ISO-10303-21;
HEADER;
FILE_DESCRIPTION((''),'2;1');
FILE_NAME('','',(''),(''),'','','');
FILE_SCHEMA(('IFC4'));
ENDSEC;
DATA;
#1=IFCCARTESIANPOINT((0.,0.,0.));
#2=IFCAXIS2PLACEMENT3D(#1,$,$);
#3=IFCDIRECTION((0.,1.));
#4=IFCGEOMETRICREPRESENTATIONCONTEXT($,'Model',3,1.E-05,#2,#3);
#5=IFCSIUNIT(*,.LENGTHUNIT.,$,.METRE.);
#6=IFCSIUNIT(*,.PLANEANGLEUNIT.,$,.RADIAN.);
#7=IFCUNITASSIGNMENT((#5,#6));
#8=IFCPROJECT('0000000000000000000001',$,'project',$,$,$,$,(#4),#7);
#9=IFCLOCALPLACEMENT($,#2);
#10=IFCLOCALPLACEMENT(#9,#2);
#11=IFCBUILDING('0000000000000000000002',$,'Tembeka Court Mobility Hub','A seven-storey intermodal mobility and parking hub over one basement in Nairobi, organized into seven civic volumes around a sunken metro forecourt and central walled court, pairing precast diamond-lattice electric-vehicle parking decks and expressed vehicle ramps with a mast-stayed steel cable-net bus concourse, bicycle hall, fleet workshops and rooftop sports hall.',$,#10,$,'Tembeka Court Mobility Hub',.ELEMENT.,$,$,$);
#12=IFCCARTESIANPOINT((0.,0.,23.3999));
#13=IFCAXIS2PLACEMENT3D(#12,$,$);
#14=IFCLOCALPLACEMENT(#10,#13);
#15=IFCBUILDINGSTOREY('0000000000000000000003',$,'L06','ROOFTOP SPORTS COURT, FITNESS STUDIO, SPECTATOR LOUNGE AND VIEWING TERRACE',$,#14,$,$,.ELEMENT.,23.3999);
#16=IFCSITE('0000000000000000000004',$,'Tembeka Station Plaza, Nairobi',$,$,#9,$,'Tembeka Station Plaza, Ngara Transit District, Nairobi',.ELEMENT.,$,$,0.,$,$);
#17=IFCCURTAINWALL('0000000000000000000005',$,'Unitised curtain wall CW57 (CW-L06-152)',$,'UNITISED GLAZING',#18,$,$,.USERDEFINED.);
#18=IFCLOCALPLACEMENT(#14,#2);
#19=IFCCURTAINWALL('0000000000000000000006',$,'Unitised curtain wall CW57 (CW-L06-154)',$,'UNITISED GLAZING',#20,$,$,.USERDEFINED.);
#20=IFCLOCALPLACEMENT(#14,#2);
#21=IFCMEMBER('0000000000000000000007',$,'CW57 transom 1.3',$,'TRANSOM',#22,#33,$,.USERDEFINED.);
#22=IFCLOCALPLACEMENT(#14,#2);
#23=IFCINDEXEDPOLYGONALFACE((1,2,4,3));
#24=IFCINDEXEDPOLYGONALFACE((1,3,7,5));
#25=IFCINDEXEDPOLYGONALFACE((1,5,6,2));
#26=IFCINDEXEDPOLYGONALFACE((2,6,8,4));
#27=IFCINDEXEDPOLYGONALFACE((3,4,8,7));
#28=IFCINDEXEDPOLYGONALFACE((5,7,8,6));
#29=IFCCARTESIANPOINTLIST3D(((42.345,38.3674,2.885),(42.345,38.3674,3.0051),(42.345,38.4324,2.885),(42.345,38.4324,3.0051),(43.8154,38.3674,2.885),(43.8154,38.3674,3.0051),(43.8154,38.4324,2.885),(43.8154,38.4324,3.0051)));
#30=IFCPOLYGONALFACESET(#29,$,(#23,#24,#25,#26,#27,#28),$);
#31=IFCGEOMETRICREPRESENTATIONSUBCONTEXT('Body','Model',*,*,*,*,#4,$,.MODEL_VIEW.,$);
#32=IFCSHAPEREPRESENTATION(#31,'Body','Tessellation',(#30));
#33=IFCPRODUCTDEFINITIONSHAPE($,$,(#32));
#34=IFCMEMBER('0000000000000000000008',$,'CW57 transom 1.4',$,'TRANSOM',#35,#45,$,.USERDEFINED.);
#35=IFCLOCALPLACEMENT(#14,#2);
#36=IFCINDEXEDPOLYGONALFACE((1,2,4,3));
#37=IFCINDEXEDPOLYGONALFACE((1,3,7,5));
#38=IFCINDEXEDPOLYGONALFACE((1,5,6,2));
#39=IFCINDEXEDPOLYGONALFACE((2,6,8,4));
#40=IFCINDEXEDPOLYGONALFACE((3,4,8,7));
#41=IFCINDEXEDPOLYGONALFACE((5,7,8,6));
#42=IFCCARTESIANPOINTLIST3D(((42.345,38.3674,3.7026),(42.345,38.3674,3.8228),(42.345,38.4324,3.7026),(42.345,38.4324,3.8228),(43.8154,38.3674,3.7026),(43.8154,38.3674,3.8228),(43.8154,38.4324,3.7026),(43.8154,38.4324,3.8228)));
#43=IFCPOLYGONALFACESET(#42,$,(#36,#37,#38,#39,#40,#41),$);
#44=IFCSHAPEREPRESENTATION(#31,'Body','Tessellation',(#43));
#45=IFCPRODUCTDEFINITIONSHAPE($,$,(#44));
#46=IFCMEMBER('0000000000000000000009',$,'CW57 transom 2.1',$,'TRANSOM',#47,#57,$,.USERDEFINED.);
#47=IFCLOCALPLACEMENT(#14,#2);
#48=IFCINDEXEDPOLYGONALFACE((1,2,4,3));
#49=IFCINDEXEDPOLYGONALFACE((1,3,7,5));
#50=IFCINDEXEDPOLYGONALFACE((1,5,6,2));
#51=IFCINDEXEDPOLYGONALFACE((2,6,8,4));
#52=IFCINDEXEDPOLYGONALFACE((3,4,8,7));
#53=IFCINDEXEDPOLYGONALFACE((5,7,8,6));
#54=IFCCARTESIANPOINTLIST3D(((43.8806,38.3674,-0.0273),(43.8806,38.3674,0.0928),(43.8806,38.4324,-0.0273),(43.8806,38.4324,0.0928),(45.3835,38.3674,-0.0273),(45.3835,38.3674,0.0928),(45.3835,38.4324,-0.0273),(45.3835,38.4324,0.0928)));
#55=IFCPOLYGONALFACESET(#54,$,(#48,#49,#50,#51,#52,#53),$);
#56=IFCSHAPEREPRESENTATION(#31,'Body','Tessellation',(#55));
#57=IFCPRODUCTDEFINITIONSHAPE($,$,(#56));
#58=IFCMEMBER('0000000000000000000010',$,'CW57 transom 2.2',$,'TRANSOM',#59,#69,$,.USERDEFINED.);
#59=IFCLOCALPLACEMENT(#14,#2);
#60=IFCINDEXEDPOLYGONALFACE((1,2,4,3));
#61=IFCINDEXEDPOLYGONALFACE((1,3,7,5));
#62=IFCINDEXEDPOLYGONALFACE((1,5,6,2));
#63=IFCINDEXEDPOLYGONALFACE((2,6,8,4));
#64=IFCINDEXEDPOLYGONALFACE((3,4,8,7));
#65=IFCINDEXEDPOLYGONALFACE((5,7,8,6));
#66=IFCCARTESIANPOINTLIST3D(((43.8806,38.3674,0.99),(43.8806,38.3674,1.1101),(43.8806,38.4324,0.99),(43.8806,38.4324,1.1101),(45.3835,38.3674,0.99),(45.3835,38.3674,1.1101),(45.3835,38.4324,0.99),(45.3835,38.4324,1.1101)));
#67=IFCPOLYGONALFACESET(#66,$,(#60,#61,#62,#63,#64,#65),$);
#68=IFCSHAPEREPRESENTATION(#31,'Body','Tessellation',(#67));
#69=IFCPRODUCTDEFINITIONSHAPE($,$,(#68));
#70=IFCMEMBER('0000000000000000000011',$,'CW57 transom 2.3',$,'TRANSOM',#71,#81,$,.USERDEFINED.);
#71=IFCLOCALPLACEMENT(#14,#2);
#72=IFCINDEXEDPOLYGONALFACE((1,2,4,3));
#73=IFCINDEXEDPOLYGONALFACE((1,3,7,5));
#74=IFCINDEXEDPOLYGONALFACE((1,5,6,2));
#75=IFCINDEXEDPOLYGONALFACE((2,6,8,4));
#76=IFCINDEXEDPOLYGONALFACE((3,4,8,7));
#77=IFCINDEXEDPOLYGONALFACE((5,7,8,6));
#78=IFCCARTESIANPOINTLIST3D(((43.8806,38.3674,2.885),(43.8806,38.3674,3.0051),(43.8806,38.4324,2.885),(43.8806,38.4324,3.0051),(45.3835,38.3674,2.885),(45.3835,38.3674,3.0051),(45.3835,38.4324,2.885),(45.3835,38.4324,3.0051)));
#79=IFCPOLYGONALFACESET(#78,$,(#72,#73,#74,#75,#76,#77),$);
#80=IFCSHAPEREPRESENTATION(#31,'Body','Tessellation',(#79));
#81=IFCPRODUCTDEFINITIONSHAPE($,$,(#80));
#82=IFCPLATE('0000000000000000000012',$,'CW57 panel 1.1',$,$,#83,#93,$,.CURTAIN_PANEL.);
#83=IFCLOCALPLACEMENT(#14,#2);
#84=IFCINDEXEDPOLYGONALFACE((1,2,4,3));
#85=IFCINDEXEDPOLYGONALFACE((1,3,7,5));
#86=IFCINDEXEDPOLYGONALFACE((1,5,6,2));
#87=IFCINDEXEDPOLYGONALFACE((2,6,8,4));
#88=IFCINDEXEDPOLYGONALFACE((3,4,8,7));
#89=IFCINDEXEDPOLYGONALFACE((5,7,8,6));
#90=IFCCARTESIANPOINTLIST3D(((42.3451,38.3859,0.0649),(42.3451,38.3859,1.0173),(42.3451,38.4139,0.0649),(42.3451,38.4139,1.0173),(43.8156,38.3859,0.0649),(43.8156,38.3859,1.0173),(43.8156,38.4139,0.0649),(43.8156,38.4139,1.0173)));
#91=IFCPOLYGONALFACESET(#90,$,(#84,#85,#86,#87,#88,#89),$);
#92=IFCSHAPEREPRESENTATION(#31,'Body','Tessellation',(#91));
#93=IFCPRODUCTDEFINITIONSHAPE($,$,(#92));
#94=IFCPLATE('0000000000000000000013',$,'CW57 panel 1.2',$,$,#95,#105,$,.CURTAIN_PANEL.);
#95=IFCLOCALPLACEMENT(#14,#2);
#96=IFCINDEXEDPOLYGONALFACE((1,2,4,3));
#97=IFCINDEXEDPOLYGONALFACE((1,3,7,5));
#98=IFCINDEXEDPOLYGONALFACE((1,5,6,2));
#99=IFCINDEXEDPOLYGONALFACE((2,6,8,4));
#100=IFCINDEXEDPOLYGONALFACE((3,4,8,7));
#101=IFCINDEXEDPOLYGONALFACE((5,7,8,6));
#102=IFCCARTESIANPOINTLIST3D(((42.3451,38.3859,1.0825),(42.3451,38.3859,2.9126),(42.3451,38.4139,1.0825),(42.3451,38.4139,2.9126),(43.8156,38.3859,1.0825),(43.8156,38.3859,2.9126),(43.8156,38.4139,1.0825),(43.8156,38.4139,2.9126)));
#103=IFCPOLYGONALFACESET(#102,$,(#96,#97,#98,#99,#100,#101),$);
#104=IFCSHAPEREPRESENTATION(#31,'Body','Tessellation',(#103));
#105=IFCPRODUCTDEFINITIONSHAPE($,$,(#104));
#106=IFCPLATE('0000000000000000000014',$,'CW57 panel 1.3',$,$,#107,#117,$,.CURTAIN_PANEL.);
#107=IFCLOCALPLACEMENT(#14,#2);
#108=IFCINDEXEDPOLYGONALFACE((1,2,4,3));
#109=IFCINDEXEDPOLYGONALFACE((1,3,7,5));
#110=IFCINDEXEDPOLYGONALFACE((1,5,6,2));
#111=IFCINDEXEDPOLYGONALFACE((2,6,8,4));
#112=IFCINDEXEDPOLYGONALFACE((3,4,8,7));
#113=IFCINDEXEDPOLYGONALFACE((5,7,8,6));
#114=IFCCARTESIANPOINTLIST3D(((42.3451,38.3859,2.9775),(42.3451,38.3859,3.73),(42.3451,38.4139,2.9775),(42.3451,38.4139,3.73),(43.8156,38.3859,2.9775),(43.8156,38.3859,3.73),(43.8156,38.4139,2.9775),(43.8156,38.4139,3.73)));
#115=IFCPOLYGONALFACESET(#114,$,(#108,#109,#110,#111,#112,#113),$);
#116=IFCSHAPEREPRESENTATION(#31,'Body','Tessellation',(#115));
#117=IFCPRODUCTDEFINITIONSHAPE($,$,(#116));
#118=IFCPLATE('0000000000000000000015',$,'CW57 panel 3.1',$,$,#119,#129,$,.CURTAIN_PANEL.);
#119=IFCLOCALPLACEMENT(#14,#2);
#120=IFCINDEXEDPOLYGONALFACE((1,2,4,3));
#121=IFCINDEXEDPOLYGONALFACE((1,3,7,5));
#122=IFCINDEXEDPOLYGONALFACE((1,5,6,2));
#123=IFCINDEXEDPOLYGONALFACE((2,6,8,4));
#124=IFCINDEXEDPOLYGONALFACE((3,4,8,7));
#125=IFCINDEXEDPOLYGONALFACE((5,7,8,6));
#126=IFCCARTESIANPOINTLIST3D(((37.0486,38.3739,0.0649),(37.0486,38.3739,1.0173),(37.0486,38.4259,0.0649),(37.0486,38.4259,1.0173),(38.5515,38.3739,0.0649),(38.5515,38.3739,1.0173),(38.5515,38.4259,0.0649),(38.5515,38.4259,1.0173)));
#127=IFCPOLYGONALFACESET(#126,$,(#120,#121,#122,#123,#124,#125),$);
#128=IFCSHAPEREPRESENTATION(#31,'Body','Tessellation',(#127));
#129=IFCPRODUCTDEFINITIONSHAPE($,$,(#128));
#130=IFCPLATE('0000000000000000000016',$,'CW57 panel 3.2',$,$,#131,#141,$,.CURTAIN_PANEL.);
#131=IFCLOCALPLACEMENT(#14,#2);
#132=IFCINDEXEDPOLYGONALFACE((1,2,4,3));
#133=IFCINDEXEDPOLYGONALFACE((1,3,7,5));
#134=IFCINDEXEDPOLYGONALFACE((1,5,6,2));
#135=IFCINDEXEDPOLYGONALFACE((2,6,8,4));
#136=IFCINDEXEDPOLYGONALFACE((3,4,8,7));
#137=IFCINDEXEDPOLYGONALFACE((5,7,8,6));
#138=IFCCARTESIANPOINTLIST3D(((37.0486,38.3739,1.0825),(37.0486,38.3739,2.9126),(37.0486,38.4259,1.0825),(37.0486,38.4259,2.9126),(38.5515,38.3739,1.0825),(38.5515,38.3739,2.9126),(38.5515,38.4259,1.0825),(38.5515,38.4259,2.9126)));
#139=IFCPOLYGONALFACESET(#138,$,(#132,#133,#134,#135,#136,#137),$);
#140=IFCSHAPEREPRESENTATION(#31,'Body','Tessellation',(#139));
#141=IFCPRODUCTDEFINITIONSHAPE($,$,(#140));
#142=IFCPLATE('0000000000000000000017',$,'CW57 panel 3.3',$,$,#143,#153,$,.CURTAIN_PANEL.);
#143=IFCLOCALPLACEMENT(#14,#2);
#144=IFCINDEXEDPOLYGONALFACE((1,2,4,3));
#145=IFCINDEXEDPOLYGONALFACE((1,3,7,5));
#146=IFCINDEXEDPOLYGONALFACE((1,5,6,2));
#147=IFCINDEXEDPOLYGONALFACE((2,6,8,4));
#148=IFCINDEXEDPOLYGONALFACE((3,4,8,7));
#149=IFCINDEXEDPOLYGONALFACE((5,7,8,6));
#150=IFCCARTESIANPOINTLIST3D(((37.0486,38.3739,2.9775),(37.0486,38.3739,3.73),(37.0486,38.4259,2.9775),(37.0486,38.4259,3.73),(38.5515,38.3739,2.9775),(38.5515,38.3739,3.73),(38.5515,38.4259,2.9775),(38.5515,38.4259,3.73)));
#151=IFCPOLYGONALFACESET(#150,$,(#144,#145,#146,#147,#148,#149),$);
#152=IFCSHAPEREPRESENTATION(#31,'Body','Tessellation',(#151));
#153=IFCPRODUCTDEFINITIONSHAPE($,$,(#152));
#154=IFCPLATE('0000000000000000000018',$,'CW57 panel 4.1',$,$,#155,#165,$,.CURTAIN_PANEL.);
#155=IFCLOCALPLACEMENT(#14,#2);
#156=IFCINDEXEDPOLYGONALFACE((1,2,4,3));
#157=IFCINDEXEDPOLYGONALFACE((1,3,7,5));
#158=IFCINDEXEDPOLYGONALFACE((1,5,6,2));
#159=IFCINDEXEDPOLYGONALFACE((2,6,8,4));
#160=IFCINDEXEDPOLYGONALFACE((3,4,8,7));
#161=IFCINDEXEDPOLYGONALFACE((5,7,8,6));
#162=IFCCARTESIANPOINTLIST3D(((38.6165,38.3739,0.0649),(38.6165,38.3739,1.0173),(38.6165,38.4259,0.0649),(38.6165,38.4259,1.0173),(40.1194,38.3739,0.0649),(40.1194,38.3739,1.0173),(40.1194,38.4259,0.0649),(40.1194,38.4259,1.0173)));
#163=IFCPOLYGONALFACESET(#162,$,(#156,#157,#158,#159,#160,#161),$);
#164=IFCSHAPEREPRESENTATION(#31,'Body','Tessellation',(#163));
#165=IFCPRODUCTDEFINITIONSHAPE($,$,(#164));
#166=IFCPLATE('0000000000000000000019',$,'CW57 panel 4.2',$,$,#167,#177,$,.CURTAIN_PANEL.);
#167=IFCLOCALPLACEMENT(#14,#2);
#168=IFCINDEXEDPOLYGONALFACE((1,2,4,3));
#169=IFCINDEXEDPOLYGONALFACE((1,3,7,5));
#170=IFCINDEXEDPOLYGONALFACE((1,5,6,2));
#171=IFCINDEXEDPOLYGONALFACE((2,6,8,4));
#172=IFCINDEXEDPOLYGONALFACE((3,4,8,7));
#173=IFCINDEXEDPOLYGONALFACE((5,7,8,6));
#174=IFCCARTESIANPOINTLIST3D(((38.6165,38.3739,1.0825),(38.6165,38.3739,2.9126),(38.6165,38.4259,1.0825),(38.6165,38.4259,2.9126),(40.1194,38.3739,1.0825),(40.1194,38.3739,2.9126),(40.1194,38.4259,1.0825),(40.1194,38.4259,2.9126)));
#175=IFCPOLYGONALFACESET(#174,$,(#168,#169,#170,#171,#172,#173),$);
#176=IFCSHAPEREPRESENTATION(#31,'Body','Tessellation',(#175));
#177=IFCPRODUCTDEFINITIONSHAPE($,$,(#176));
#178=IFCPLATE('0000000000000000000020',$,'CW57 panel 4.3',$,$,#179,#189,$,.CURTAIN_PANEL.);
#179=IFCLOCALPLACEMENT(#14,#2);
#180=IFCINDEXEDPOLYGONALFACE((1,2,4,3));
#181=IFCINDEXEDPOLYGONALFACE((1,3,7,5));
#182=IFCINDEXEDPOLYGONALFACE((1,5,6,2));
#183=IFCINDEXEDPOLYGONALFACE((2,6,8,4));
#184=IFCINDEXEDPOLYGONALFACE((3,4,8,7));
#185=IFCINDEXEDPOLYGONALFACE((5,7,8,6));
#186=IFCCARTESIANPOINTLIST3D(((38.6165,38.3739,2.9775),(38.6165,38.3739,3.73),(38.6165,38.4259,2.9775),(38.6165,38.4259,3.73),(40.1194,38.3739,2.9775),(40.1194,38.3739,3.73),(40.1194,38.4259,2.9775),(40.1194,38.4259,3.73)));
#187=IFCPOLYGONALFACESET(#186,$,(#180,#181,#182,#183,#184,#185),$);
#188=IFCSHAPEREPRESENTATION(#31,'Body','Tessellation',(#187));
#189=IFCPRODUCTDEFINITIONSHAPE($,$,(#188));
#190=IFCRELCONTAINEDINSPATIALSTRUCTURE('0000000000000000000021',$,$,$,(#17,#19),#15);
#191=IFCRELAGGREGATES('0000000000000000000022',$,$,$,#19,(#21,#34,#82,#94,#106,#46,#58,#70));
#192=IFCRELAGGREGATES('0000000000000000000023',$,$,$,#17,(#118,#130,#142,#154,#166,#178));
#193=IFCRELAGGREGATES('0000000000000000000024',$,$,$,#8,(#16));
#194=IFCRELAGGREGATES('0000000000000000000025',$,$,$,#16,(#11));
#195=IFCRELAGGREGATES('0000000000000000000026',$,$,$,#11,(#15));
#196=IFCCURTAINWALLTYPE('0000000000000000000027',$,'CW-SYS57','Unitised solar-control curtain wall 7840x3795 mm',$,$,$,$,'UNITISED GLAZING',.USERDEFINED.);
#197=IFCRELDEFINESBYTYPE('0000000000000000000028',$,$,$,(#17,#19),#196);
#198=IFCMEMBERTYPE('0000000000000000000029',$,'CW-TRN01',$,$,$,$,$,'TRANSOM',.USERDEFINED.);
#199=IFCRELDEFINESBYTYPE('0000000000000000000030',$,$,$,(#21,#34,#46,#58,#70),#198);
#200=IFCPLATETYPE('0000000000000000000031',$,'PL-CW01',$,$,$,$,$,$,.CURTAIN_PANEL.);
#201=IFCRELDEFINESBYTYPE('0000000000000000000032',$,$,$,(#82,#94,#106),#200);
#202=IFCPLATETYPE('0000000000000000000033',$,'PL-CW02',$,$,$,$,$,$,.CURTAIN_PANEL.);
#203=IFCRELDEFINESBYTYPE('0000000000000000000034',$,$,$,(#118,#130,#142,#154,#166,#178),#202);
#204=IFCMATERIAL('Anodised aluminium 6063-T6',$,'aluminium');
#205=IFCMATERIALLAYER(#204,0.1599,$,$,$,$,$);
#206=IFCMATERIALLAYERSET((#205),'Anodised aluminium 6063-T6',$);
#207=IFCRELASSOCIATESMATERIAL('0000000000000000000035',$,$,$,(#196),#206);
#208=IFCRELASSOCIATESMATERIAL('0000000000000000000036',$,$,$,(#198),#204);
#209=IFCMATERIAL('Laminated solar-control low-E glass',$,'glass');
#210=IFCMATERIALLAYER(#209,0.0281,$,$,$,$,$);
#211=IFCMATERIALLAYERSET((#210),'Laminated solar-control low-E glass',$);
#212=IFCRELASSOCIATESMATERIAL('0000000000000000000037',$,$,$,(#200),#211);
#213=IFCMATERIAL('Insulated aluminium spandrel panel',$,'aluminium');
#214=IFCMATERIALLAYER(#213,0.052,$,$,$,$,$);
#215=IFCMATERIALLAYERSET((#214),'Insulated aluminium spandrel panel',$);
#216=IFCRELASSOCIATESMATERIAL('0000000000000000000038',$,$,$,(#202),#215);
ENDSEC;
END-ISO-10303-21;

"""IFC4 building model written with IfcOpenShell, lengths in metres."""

from ifc_helpers import new_model, si_unit, direction, frame, origin, origin_2d, place, context, subcontext, project, spatial, rectangle, extrude, material, layer, layer_set, material_profile, profile_set, type_object, element, aggregate, save


model = new_model("IFC4")

# Units and contexts
model_context = context("Model", 3, precision=1e-05, world=origin(), true_north=direction((0.0, 1.0)))
body_context = subcontext(model_context, "Body", "Model", "MODEL_VIEW")
ifc_project = project(units=[si_unit("LENGTHUNIT", "METRE"), si_unit("PLANEANGLEUNIT", "RADIAN")], contexts=[model_context])

# Site, building, storey
site_placement = place(None, origin())
site = spatial("IfcSite", under=ifc_project, at=site_placement, Name="Tembeka Station Plaza, Nairobi", LongName="Tembeka Station Plaza, Ngara Transit District, Nairobi", CompositionType="ELEMENT", RefElevation=0.0)
building_placement = place(site_placement, origin())
building = spatial("IfcBuilding", under=site, at=building_placement, Name="Tembeka Court Mobility Hub", Description="A seven-storey intermodal mobility and parking hub over one basement in Nairobi, organized into seven civic volumes around a sunken metro forecourt and central walled court, pairing precast diamond-lattice electric-vehicle parking decks and expressed vehicle ramps with a mast-stayed steel cable-net bus concourse, bicycle hall, fleet workshops and rooftop sports hall.", LongName="Tembeka Court Mobility Hub", CompositionType="ELEMENT")
storey_placement = place(building_placement, frame((0.0, 0.0, 23.3999)))
storey = spatial("IfcBuildingStorey", under=building, at=storey_placement, Name="L06", Description="ROOFTOP SPORTS COURT, FITNESS STUDIO, SPECTATOR LOUNGE AND VIEWING TERRACE", CompositionType="ELEMENT", Elevation=23.3999)

# Curtain walls
ifc_material_1 = material(Name="Anodised aluminium 6063-T6", Category="aluminium")
ifc_layer_1 = layer(ifc_material_1, 0.1599)
ifc_layer_set_1 = layer_set([ifc_layer_1], Name="Anodised aluminium 6063-T6")
curtain_wall_type = type_object("IfcCurtainWallType", Name="CW-SYS57", Description="Unitised solar-control curtain wall 7840x3795 mm", ElementType="UNITISED GLAZING", PredefinedType="USERDEFINED", material=ifc_layer_set_1)
curtain_wall_1_placement = place(storey_placement, origin())
curtain_wall_1 = element("IfcCurtainWall", 1, at=curtain_wall_1_placement, inside=storey, type_object=curtain_wall_type, Name="Unitised curtain wall CW57 (CW-L06-152)", ObjectType="UNITISED GLAZING", PredefinedType="USERDEFINED")
curtain_wall_2_placement = place(storey_placement, origin())
curtain_wall_2 = element("IfcCurtainWall", 2, at=curtain_wall_2_placement, inside=storey, type_object=curtain_wall_type, Name="Unitised curtain wall CW57 (CW-L06-154)", ObjectType="UNITISED GLAZING", PredefinedType="USERDEFINED")

# Members
ifc_material_profile_1 = material_profile(ifc_material_1, rectangle(XDim=0.0649, YDim=0.1201, at=origin_2d()), Name="ALU-TRN 65x120")
ifc_profile_set_1 = profile_set([ifc_material_profile_1], Name="Anodised aluminium 6063-T6")
member_type_1 = type_object("IfcMemberType", Name="CW-TRN01", ElementType="TRANSOM", PredefinedType="USERDEFINED", material=ifc_profile_set_1)
member_1_placement = place(storey_placement, frame((42.345, 38.3999, 2.9451), z_axis=(1.0, 0.0, 0.0), x_axis=(0.0, 1.0, 0.0)))
member_1 = element("IfcMember", 3, at=member_1_placement, type_object=member_type_1, Name="CW57 transom 1.3", ObjectType="TRANSOM", PredefinedType="USERDEFINED", context=body_context, shape_type="SweptSolid", body=[
    extrude(rectangle(XDim=0.0649, YDim=0.1201, at=origin_2d()), origin(), (0.0, 0.0, 1.0), 1.4705),
])
member_2_placement = place(storey_placement, frame((42.345, 38.3999, 3.7627), z_axis=(1.0, 0.0, 0.0), x_axis=(0.0, 1.0, 0.0)))
member_2 = element("IfcMember", 4, at=member_2_placement, type_object=member_type_1, Name="CW57 transom 1.4", ObjectType="TRANSOM", PredefinedType="USERDEFINED", context=body_context, shape_type="SweptSolid", body=[
    extrude(rectangle(XDim=0.0649, YDim=0.1201, at=origin_2d()), origin(), (0.0, 0.0, 1.0), 1.4705),
])
member_3_placement = place(storey_placement, frame((43.8806, 38.3999, 0.0327), z_axis=(1.0, 0.0, 0.0), x_axis=(0.0, 1.0, 0.0)))
member_3 = element("IfcMember", 5, at=member_3_placement, type_object=member_type_1, Name="CW57 transom 2.1", ObjectType="TRANSOM", PredefinedType="USERDEFINED", context=body_context, shape_type="SweptSolid", body=[
    extrude(rectangle(XDim=0.0649, YDim=0.1201, at=origin_2d()), origin(), (0.0, 0.0, 1.0), 1.5029),
])
member_4_placement = place(storey_placement, frame((43.8806, 38.3999, 1.05), z_axis=(1.0, 0.0, 0.0), x_axis=(0.0, 1.0, 0.0)))
member_4 = element("IfcMember", 6, at=member_4_placement, type_object=member_type_1, Name="CW57 transom 2.2", ObjectType="TRANSOM", PredefinedType="USERDEFINED", context=body_context, shape_type="SweptSolid", body=[
    extrude(rectangle(XDim=0.0649, YDim=0.1201, at=origin_2d()), origin(), (0.0, 0.0, 1.0), 1.5029),
])
member_5_placement = place(storey_placement, frame((43.8806, 38.3999, 2.9451), z_axis=(1.0, 0.0, 0.0), x_axis=(0.0, 1.0, 0.0)))
member_5 = element("IfcMember", 7, at=member_5_placement, type_object=member_type_1, Name="CW57 transom 2.3", ObjectType="TRANSOM", PredefinedType="USERDEFINED", context=body_context, shape_type="SweptSolid", body=[
    extrude(rectangle(XDim=0.0649, YDim=0.1201, at=origin_2d()), origin(), (0.0, 0.0, 1.0), 1.5029),
])

# Plates
ifc_material_2 = material(Name="Laminated solar-control low-E glass", Category="glass")
ifc_layer_2 = layer(ifc_material_2, 0.0281)
ifc_layer_set_2 = layer_set([ifc_layer_2], Name="Laminated solar-control low-E glass")
plate_type_1 = type_object("IfcPlateType", Name="PL-CW01", PredefinedType="CURTAIN_PANEL", material=ifc_layer_set_2)
plate_1_placement = place(storey_placement, frame((43.0803, 38.3999, 0.0649), z_axis=(0.0, 0.0, 1.0), x_axis=(1.0, 0.0, 0.0)))
plate_1 = element("IfcPlate", 8, at=plate_1_placement, type_object=plate_type_1, Name="CW57 panel 1.1", PredefinedType="CURTAIN_PANEL", context=body_context, shape_type="SweptSolid", body=[
    extrude(rectangle(XDim=1.4705, YDim=0.0281, at=origin_2d()), origin(), (0.0, 0.0, 1.0), 0.9524),
])
plate_2_placement = place(storey_placement, frame((43.0803, 38.3999, 1.0825), z_axis=(0.0, 0.0, 1.0), x_axis=(1.0, 0.0, 0.0)))
plate_2 = element("IfcPlate", 9, at=plate_2_placement, type_object=plate_type_1, Name="CW57 panel 1.2", PredefinedType="CURTAIN_PANEL", context=body_context, shape_type="SweptSolid", body=[
    extrude(rectangle(XDim=1.4705, YDim=0.0281, at=origin_2d()), origin(), (0.0, 0.0, 1.0), 1.8301),
])
plate_3_placement = place(storey_placement, frame((43.0803, 38.3999, 2.9775), z_axis=(0.0, 0.0, 1.0), x_axis=(1.0, 0.0, 0.0)))
plate_3 = element("IfcPlate", 10, at=plate_3_placement, type_object=plate_type_1, Name="CW57 panel 1.3", PredefinedType="CURTAIN_PANEL", context=body_context, shape_type="SweptSolid", body=[
    extrude(rectangle(XDim=1.4705, YDim=0.0281, at=origin_2d()), origin(), (0.0, 0.0, 1.0), 0.7524),
])
aggregate(curtain_wall_2, [member_1, member_2, plate_1, plate_2, plate_3, member_3, member_4, member_5])
ifc_material_3 = material(Name="Insulated aluminium spandrel panel", Category="aluminium")
ifc_layer_3 = layer(ifc_material_3, 0.052)
ifc_layer_set_3 = layer_set([ifc_layer_3], Name="Insulated aluminium spandrel panel")
plate_type_2 = type_object("IfcPlateType", Name="PL-CW02", PredefinedType="CURTAIN_PANEL", material=ifc_layer_set_3)
plate_4_placement = place(storey_placement, frame((37.8, 38.3999, 0.0649), z_axis=(0.0, 0.0, 1.0), x_axis=(1.0, 0.0, 0.0)))
plate_4 = element("IfcPlate", 11, at=plate_4_placement, type_object=plate_type_2, Name="CW57 panel 3.1", PredefinedType="CURTAIN_PANEL", context=body_context, shape_type="SweptSolid", body=[
    extrude(rectangle(XDim=1.5029, YDim=0.052, at=origin_2d()), origin(), (0.0, 0.0, 1.0), 0.9524),
])
plate_5_placement = place(storey_placement, frame((37.8, 38.3999, 1.0825), z_axis=(0.0, 0.0, 1.0), x_axis=(1.0, 0.0, 0.0)))
plate_5 = element("IfcPlate", 12, at=plate_5_placement, type_object=plate_type_2, Name="CW57 panel 3.2", PredefinedType="CURTAIN_PANEL", context=body_context, shape_type="SweptSolid", body=[
    extrude(rectangle(XDim=1.5029, YDim=0.052, at=origin_2d()), origin(), (0.0, 0.0, 1.0), 1.8301),
])
plate_6_placement = place(storey_placement, frame((37.8, 38.3999, 2.9775), z_axis=(0.0, 0.0, 1.0), x_axis=(1.0, 0.0, 0.0)))
plate_6 = element("IfcPlate", 13, at=plate_6_placement, type_object=plate_type_2, Name="CW57 panel 3.3", PredefinedType="CURTAIN_PANEL", context=body_context, shape_type="SweptSolid", body=[
    extrude(rectangle(XDim=1.5029, YDim=0.052, at=origin_2d()), origin(), (0.0, 0.0, 1.0), 0.7524),
])
plate_7_placement = place(storey_placement, frame((39.3679, 38.3999, 0.0649), z_axis=(0.0, 0.0, 1.0), x_axis=(1.0, 0.0, 0.0)))
plate_7 = element("IfcPlate", 14, at=plate_7_placement, type_object=plate_type_2, Name="CW57 panel 4.1", PredefinedType="CURTAIN_PANEL", context=body_context, shape_type="SweptSolid", body=[
    extrude(rectangle(XDim=1.5029, YDim=0.052, at=origin_2d()), origin(), (0.0, 0.0, 1.0), 0.9524),
])
plate_8_placement = place(storey_placement, frame((39.3679, 38.3999, 1.0825), z_axis=(0.0, 0.0, 1.0), x_axis=(1.0, 0.0, 0.0)))
plate_8 = element("IfcPlate", 15, at=plate_8_placement, type_object=plate_type_2, Name="CW57 panel 4.2", PredefinedType="CURTAIN_PANEL", context=body_context, shape_type="SweptSolid", body=[
    extrude(rectangle(XDim=1.5029, YDim=0.052, at=origin_2d()), origin(), (0.0, 0.0, 1.0), 1.8301),
])
plate_9_placement = place(storey_placement, frame((39.3679, 38.3999, 2.9775), z_axis=(0.0, 0.0, 1.0), x_axis=(1.0, 0.0, 0.0)))
plate_9 = element("IfcPlate", 16, at=plate_9_placement, type_object=plate_type_2, Name="CW57 panel 4.3", PredefinedType="CURTAIN_PANEL", context=body_context, shape_type="SweptSolid", body=[
    extrude(rectangle(XDim=1.5029, YDim=0.052, at=origin_2d()), origin(), (0.0, 0.0, 1.0), 0.7524),
])
aggregate(curtain_wall_1, [plate_4, plate_5, plate_6, plate_7, plate_8, plate_9])

save(model, "model.ifc")
